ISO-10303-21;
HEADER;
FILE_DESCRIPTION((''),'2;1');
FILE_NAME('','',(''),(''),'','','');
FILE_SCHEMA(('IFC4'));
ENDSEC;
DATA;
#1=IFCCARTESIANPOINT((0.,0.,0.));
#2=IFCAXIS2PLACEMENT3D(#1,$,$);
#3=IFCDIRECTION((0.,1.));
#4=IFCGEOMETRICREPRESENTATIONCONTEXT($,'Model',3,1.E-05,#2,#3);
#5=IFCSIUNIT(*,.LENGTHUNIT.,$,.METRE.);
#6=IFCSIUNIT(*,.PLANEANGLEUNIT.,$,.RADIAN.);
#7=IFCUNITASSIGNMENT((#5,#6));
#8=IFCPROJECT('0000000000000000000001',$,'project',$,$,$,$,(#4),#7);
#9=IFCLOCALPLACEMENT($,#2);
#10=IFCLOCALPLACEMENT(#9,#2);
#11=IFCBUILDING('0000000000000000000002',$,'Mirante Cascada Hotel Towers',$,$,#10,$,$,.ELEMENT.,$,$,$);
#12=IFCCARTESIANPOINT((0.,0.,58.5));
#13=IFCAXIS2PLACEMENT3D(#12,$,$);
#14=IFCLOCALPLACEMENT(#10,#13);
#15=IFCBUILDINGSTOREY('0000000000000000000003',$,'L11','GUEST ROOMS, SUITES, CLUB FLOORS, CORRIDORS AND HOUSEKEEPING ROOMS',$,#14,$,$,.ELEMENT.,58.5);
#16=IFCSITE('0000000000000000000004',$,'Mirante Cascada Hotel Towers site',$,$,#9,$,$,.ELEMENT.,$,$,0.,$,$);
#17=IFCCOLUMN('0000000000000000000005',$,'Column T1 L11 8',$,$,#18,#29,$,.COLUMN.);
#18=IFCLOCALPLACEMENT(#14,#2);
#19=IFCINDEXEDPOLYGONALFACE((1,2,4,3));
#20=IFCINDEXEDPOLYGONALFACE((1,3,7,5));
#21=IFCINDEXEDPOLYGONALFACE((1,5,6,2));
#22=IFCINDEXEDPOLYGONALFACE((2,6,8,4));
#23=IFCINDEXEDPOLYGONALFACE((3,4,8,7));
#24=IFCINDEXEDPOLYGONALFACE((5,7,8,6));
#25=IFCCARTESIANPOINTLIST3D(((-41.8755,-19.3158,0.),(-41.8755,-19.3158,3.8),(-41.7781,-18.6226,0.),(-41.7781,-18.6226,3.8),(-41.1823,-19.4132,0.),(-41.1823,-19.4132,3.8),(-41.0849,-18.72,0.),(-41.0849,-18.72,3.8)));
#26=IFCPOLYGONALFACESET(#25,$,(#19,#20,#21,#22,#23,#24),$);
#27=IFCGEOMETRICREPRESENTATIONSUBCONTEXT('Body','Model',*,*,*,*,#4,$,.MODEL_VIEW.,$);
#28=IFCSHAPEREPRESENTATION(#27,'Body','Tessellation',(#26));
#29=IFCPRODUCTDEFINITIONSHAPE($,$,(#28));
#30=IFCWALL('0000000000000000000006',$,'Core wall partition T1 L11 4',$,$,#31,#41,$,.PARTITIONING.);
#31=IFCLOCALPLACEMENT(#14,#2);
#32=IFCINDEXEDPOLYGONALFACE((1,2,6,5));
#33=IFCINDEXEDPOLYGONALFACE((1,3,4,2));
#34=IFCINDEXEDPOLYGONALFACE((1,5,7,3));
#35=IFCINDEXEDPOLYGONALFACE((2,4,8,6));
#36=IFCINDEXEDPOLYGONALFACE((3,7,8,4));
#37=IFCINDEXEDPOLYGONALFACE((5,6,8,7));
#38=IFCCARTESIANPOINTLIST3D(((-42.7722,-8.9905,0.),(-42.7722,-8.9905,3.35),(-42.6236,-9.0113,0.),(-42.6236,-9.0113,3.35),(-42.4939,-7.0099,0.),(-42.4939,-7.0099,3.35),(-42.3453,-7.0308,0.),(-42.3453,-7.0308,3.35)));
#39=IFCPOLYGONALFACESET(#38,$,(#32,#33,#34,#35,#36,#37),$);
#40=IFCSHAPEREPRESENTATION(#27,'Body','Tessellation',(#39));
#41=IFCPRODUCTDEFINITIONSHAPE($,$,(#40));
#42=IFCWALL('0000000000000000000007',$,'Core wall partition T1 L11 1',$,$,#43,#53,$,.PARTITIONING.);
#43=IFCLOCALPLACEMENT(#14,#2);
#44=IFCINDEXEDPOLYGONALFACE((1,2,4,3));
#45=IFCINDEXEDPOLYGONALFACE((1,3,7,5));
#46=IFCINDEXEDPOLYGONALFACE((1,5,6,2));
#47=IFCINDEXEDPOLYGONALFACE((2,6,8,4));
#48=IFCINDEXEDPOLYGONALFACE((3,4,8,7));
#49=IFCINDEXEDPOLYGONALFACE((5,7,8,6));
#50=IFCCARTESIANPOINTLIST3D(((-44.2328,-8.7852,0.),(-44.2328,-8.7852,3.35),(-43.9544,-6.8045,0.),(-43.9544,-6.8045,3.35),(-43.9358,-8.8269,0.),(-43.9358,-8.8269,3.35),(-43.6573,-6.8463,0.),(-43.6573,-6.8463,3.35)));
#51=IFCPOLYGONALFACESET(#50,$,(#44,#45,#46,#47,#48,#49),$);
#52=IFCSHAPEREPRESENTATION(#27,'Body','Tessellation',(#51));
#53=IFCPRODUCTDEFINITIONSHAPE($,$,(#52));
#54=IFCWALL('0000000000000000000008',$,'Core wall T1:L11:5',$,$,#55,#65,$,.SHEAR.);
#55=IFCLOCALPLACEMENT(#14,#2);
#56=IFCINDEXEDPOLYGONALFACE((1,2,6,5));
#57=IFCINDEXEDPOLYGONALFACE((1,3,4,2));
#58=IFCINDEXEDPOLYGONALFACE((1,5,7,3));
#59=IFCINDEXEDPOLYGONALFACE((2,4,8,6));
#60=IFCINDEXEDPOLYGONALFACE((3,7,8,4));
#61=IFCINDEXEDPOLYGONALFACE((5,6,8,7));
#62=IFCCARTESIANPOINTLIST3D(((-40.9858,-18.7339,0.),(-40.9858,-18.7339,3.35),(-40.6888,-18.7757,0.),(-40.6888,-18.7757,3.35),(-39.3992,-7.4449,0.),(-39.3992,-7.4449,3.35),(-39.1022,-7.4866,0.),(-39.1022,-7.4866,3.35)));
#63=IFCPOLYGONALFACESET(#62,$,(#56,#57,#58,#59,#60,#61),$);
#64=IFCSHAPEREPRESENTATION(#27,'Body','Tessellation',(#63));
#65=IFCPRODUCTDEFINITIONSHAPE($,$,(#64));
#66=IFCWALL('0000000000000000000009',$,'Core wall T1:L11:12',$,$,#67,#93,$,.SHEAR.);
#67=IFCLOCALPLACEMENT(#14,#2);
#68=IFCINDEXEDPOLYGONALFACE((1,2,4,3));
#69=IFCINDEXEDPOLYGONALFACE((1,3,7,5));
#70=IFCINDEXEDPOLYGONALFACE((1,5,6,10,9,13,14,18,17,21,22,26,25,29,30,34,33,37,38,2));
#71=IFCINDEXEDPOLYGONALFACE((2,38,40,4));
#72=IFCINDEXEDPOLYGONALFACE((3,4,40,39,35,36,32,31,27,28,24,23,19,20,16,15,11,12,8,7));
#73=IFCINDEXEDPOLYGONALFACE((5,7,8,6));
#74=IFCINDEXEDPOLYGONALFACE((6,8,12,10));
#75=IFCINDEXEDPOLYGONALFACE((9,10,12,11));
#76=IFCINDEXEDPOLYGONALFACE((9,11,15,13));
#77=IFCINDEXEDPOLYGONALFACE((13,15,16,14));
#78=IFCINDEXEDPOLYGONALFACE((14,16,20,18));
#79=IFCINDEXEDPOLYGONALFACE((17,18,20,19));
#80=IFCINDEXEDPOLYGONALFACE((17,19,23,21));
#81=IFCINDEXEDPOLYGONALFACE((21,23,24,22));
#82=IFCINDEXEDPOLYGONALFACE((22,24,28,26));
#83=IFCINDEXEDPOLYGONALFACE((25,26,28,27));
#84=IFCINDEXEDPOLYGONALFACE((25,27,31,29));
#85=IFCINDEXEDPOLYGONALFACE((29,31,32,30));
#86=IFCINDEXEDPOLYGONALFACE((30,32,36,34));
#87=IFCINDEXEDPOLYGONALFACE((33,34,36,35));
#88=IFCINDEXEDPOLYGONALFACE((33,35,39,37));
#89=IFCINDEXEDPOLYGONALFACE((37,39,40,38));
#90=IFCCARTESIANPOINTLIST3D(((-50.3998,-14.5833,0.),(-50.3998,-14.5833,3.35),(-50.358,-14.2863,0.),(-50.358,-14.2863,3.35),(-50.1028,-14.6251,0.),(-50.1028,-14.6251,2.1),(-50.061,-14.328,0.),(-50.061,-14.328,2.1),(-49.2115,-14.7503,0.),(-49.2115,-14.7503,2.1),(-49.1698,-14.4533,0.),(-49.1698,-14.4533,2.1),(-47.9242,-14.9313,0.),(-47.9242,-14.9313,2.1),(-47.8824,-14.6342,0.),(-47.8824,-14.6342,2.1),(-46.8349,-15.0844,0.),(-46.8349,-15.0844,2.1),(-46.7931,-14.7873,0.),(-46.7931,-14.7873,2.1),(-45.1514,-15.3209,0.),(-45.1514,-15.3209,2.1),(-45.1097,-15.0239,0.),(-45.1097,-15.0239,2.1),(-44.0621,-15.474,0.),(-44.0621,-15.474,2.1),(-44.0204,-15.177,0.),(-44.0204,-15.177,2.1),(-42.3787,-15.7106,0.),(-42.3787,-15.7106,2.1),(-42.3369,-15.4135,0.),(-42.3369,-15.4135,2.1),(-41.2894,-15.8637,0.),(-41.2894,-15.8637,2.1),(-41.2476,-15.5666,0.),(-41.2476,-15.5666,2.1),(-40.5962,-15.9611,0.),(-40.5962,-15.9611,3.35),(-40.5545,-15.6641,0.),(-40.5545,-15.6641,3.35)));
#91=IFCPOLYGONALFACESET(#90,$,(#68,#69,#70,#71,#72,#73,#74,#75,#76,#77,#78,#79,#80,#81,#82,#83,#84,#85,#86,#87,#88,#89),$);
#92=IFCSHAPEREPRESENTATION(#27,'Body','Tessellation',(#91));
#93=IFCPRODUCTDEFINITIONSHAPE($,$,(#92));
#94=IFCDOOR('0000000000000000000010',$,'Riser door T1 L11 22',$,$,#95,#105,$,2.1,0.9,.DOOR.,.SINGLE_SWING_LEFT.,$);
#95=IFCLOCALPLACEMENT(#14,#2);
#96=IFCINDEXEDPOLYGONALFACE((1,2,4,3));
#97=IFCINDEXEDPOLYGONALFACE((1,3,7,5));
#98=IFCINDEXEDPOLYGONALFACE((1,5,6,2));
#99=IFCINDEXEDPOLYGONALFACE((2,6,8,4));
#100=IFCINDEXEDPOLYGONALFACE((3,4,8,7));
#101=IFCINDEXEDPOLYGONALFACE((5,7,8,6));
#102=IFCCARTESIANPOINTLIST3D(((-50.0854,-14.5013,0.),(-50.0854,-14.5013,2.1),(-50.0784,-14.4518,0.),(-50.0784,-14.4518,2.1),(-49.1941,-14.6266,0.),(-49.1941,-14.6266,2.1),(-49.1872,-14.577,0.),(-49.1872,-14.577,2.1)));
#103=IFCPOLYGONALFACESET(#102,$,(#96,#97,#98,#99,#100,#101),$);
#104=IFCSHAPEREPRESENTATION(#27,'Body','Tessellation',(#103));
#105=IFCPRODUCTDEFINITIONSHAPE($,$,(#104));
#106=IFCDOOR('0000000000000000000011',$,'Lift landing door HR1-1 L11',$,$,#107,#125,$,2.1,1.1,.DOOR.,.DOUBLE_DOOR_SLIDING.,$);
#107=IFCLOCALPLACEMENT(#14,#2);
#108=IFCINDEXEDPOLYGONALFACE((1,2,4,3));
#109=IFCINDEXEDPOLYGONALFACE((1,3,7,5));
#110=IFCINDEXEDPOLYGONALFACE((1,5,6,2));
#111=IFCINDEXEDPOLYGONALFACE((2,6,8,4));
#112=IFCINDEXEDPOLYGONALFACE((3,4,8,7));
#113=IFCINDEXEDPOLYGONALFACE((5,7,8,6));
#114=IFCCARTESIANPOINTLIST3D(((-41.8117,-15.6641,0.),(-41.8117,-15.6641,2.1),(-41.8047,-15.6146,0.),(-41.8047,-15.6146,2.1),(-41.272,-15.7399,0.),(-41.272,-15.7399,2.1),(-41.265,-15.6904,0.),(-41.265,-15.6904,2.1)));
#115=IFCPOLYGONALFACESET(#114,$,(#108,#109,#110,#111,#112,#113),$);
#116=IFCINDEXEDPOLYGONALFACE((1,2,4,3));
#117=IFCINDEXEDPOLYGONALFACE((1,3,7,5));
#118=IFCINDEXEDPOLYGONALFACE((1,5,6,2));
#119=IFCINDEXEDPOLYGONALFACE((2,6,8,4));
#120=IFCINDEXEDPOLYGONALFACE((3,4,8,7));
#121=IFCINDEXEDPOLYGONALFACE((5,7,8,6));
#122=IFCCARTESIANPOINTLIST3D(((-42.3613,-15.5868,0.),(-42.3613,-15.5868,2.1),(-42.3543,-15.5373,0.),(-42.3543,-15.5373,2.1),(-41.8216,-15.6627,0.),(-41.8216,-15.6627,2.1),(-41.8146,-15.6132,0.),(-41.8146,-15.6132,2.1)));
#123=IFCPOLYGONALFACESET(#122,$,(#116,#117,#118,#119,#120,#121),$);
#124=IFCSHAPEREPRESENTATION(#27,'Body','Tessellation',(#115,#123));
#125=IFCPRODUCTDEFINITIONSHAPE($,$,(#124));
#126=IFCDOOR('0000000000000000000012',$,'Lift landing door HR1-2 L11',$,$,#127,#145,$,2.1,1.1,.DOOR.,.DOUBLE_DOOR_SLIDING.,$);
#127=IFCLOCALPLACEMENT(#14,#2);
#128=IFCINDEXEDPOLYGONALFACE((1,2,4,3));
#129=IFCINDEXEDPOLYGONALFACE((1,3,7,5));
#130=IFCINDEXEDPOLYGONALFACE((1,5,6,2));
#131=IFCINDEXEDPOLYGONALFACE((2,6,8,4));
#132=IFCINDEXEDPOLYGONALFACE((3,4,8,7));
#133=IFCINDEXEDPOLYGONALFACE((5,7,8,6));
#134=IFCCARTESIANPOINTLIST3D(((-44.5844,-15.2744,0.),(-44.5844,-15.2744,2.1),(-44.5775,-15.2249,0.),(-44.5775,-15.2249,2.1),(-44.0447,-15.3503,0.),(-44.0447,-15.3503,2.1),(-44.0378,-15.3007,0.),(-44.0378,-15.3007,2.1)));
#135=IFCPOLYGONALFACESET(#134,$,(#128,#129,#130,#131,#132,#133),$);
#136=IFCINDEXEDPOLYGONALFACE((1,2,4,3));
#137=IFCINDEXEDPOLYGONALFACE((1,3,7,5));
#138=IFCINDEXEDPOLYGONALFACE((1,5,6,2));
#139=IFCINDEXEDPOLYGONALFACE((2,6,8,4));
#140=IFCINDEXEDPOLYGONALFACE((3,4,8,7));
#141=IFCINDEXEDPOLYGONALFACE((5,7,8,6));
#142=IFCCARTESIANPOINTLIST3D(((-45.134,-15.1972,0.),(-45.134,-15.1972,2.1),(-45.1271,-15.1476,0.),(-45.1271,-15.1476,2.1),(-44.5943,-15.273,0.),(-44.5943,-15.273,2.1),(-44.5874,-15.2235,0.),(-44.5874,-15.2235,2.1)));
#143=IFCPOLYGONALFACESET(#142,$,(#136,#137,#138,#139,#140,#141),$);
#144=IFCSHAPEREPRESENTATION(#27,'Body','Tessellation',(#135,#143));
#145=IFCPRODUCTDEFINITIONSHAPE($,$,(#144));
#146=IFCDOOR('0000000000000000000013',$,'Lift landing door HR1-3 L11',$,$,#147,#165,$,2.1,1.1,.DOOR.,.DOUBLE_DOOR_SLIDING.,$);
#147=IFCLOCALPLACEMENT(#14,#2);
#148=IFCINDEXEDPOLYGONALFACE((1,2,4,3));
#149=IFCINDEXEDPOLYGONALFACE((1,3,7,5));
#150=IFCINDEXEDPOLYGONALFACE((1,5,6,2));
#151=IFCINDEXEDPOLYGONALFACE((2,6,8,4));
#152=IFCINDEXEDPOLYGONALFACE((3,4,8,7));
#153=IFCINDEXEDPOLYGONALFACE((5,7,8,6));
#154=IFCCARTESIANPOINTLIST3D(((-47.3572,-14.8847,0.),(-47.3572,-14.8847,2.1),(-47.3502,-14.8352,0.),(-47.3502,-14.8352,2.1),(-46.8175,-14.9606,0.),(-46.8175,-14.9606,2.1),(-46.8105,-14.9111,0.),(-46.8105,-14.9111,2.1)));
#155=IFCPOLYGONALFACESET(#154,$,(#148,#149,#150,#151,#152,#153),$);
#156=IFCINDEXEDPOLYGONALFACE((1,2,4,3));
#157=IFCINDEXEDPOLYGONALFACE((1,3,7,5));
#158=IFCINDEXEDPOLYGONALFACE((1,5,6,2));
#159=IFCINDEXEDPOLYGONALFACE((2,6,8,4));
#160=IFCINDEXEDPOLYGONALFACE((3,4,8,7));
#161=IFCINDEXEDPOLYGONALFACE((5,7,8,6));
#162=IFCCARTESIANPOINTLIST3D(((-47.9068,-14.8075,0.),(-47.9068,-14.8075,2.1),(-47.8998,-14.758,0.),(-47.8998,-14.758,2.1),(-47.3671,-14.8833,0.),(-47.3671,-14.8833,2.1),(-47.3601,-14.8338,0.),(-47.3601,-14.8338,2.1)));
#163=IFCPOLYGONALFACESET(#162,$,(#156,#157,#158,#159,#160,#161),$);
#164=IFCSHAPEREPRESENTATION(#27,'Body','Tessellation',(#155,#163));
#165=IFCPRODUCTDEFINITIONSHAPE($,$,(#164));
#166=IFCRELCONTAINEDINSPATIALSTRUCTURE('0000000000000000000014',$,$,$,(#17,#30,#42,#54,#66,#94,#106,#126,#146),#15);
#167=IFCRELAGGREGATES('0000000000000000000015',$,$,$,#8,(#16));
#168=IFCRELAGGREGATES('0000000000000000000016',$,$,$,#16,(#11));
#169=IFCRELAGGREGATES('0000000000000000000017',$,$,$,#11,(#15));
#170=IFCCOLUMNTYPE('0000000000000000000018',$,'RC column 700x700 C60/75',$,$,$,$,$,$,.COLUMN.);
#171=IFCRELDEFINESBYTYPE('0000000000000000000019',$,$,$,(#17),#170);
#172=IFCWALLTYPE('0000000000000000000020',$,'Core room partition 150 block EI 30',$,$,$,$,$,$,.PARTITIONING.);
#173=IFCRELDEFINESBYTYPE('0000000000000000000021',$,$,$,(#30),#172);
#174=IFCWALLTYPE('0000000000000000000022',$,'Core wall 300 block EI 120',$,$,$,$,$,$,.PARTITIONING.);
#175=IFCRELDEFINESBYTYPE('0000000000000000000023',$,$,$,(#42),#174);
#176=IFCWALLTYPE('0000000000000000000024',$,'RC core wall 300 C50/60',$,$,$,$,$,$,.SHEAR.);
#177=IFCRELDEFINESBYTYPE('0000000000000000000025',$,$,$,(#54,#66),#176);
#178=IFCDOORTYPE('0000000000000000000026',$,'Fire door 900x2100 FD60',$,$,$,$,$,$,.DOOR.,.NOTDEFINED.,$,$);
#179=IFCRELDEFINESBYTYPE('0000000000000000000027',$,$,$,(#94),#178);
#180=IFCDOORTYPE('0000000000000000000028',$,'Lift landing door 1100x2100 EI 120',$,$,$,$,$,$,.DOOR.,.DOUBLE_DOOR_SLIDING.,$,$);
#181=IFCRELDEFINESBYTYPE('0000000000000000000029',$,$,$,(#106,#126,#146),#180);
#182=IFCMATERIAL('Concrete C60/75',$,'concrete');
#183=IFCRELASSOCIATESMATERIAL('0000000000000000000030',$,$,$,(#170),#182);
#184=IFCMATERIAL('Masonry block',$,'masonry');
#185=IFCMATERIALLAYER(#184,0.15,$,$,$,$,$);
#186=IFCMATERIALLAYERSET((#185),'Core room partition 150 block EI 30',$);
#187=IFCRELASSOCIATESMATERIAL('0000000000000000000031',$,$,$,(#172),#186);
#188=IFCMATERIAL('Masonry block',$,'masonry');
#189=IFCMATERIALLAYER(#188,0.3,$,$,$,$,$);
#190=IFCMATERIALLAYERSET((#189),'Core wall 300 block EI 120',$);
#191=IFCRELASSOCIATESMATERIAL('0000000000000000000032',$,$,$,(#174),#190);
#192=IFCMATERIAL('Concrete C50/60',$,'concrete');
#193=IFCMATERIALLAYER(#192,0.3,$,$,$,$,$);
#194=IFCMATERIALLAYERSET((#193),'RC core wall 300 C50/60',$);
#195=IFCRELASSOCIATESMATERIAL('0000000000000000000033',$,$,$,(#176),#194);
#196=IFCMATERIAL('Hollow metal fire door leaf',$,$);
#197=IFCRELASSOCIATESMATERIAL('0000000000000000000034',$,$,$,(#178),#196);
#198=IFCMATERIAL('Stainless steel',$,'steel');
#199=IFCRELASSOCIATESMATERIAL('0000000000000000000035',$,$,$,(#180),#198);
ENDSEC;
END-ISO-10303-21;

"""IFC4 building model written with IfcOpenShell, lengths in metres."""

from ifc_helpers import new_model, si_unit, direction, frame, frame_2d, origin, origin_2d, place, context, subcontext, project, spatial, rectangle, extrude, material, layer, layer_set, material_profile, profile_set, type_object, element, fill, save


model = new_model("IFC4")

# Units and contexts
model_context = context("Model", 3, precision=1e-05, world=origin(), true_north=direction((0.0, 1.0)))
body_context = subcontext(model_context, "Body", "Model", "MODEL_VIEW")
ifc_project = project(units=[si_unit("LENGTHUNIT", "METRE"), si_unit("PLANEANGLEUNIT", "RADIAN")], contexts=[model_context])

# Site, building, storey
site_placement = place(None, origin())
site = spatial("IfcSite", under=ifc_project, at=site_placement, Name="Mirante Cascada Hotel Towers site", CompositionType="ELEMENT", RefElevation=0.0)
building_placement = place(site_placement, origin())
building = spatial("IfcBuilding", under=site, at=building_placement, Name="Mirante Cascada Hotel Towers", CompositionType="ELEMENT")
storey_placement = place(building_placement, frame((0.0, 0.0, 58.5)))
storey = spatial("IfcBuildingStorey", under=building, at=storey_placement, Name="L11", Description="GUEST ROOMS, SUITES, CLUB FLOORS, CORRIDORS AND HOUSEKEEPING ROOMS", CompositionType="ELEMENT", Elevation=58.5)

# Column
ifc_material_1 = material(Name="Concrete C60/75", Category="concrete")
ifc_material_profile = material_profile(ifc_material_1, rectangle(XDim=0.7, YDim=0.7, at=origin_2d()), Name="RC column 700x700 C60/75")
ifc_profile_set = profile_set([ifc_material_profile], Name="Concrete C60/75")
column_type = type_object("IfcColumnType", Name="RC column 700x700 C60/75", PredefinedType="COLUMN", material=ifc_profile_set)
column_placement = place(storey_placement, frame((-41.4802, -19.0179, 0.0), z_axis=(0.0, 0.0, 1.0), x_axis=(-0.990268, 0.139173, 0.0)))
element("IfcColumn", 1, at=column_placement, inside=storey, type_object=column_type, Name="Column T1 L11 8", PredefinedType="COLUMN", context=body_context, shape_type="SweptSolid", body=[
    extrude(rectangle(XDim=0.7, YDim=0.7, at=origin_2d()), origin(), (0.0, 0.0, 1.0), 3.8),
])

# Walls
ifc_material_2 = material(Name="Masonry block", Category="masonry")
ifc_layer_1 = layer(ifc_material_2, 0.15)
ifc_layer_set_1 = layer_set([ifc_layer_1], Name="Core room partition 150 block EI 30")
wall_type_1 = type_object("IfcWallType", Name="Core room partition 150 block EI 30", PredefinedType="PARTITIONING", material=ifc_layer_set_1)
wall_1_placement = place(storey_placement, frame((-42.6979, -9.0009, 0.0), z_axis=(0.0, 0.0, 1.0), x_axis=(0.139153, 0.990271, 0.0)))
element("IfcWall", 2, at=wall_1_placement, inside=storey, type_object=wall_type_1, Name="Core wall partition T1 L11 4", PredefinedType="PARTITIONING", context=body_context, shape_type="SweptSolid", body=[
    extrude(rectangle(XDim=2.0, YDim=0.15, at=frame_2d((1.0, 0.0))), origin(), (0.0, 0.0, 1.0), 3.35),
])
ifc_material_3 = material(Name="Masonry block", Category="masonry")
ifc_layer_2 = layer(ifc_material_3, 0.3)
ifc_layer_set_2 = layer_set([ifc_layer_2], Name="Core wall 300 block EI 120")
wall_type_2 = type_object("IfcWallType", Name="Core wall 300 block EI 120", PredefinedType="PARTITIONING", material=ifc_layer_set_2)
wall_2_placement = place(storey_placement, frame((-44.0843, -8.8061, 0.0), z_axis=(0.0, 0.0, 1.0), x_axis=(0.139195, 0.990265, 0.0)))
element("IfcWall", 3, at=wall_2_placement, inside=storey, type_object=wall_type_2, Name="Core wall partition T1 L11 1", PredefinedType="PARTITIONING", context=body_context, shape_type="SweptSolid", body=[
    extrude(rectangle(XDim=2.0001, YDim=0.3, at=frame_2d((1.0001, 0.0))), origin(), (0.0, 0.0, 1.0), 3.35),
])
ifc_material_4 = material(Name="Concrete C50/60", Category="concrete")
ifc_layer_3 = layer(ifc_material_4, 0.3)
ifc_layer_set_3 = layer_set([ifc_layer_3], Name="RC core wall 300 C50/60")
wall_type_3 = type_object("IfcWallType", Name="RC core wall 300 C50/60", PredefinedType="SHEAR", material=ifc_layer_set_3)
wall_3_placement = place(storey_placement, frame((-40.8373, -18.7548, 0.0), z_axis=(0.0, 0.0, 1.0), x_axis=(0.139175, 0.990268, 0.0)))
element("IfcWall", 4, at=wall_3_placement, inside=storey, type_object=wall_type_3, Name="Core wall T1:L11:5", PredefinedType="SHEAR", context=body_context, shape_type="SweptSolid", body=[
    extrude(rectangle(XDim=11.4, YDim=0.3, at=frame_2d((5.7, 0.0))), origin(), (0.0, 0.0, 1.0), 3.35),
])

# Wall, openings, doors
wall_4_placement = place(storey_placement, frame((-40.5753, -15.8126, 0.0), z_axis=(0.0, 0.0, 1.0), x_axis=(-0.990268, 0.139173, 0.0)))
wall_4 = element("IfcWall", 5, at=wall_4_placement, inside=storey, type_object=wall_type_3, Name="Core wall T1:L11:12", PredefinedType="SHEAR", context=body_context, shape_type="SweptSolid", body=[
    extrude(rectangle(XDim=9.8999, YDim=0.3, at=frame_2d((4.95, 0.0))), origin(), (0.0, 0.0, 1.0), 3.35),
])
opening_1_placement = place(wall_4_placement, frame((0.7, 0.0, 0.0)))
opening_1 = element("IfcOpeningElement", 6, at=opening_1_placement, cuts=wall_4, PredefinedType="OPENING", context=body_context, shape_type="SweptSolid", body=[
    extrude(rectangle(XDim=1.1, YDim=2.1, at=frame_2d((0.55, 1.05))), frame((0.0, 0.15, 0.0), z_axis=(0.0, -1.0, 0.0), x_axis=(1.0, 0.0, 0.0)), (0.0, 0.0, 1.0), 0.3),
])
opening_2_placement = place(wall_4_placement, frame((3.5, 0.0, 0.0)))
opening_2 = element("IfcOpeningElement", 7, at=opening_2_placement, cuts=wall_4, PredefinedType="OPENING", context=body_context, shape_type="SweptSolid", body=[
    extrude(rectangle(XDim=1.1, YDim=2.1, at=frame_2d((0.55, 1.05))), frame((0.0, 0.15, 0.0), z_axis=(0.0, -1.0, 0.0), x_axis=(1.0, 0.0, 0.0)), (0.0, 0.0, 1.0), 0.3),
])
opening_3_placement = place(wall_4_placement, frame((6.3, 0.0, 0.0)))
opening_3 = element("IfcOpeningElement", 8, at=opening_3_placement, cuts=wall_4, PredefinedType="OPENING", context=body_context, shape_type="SweptSolid", body=[
    extrude(rectangle(XDim=1.1, YDim=2.1, at=frame_2d((0.55, 1.05))), frame((0.0, 0.15, 0.0), z_axis=(0.0, -1.0, 0.0), x_axis=(1.0, 0.0, 0.0)), (0.0, 0.0, 1.0), 0.3),
])
opening_4_placement = place(wall_4_placement, frame((8.7, 0.0, 0.0)))
opening_4 = element("IfcOpeningElement", 9, at=opening_4_placement, cuts=wall_4, PredefinedType="OPENING", context=body_context, shape_type="SweptSolid", body=[
    extrude(rectangle(XDim=0.9, YDim=2.1, at=frame_2d((0.45, 1.05))), frame((0.0, 0.15, 0.0), z_axis=(0.0, -1.0, 0.0), x_axis=(1.0, 0.0, 0.0)), (0.0, 0.0, 1.0), 0.3),
])
ifc_material_5 = material(Name="Hollow metal fire door leaf")
door_type_1 = type_object("IfcDoorType", Name="Fire door 900x2100 FD60", OperationType="NOTDEFINED", PredefinedType="DOOR", material=ifc_material_5)
door_1_placement = place(opening_4_placement, origin())
door_1 = element("IfcDoor", 10, at=door_1_placement, inside=storey, type_object=door_type_1, Name="Riser door T1 L11 22", OperationType="SINGLE_SWING_LEFT", OverallHeight=2.1, OverallWidth=0.9, PredefinedType="DOOR", context=body_context, shape_type="SweptSolid", body=[
    extrude(rectangle(XDim=0.9, YDim=2.1, at=frame_2d((0.45, 1.05))), frame((0.0, 0.025, 0.0), z_axis=(0.0, -1.0, 0.0), x_axis=(1.0, 0.0, 0.0)), (0.0, 0.0, 1.0), 0.05),
])
fill(opening_4, door_1)
ifc_material_6 = material(Name="Stainless steel", Category="steel")
door_type_2 = type_object("IfcDoorType", Name="Lift landing door 1100x2100 EI 120", OperationType="DOUBLE_DOOR_SLIDING", PredefinedType="DOOR", material=ifc_material_6)
door_2_placement = place(opening_1_placement, origin())
door_2 = element("IfcDoor", 11, at=door_2_placement, inside=storey, type_object=door_type_2, Name="Lift landing door HR1-1 L11", OperationType="DOUBLE_DOOR_SLIDING", OverallHeight=2.1, OverallWidth=1.1, PredefinedType="DOOR", context=body_context, shape_type="SweptSolid", body=[
    extrude(rectangle(XDim=0.545, YDim=2.1, at=frame_2d((0.2725, 1.05))), frame((0.0, 0.025, 0.0), z_axis=(0.0, -1.0, 0.0), x_axis=(1.0, 0.0, 0.0)), (0.0, 0.0, 1.0), 0.05),
    extrude(rectangle(XDim=0.545, YDim=2.1, at=frame_2d((0.8275, 1.05))), frame((0.0, 0.025, 0.0), z_axis=(0.0, -1.0, 0.0), x_axis=(1.0, 0.0, 0.0)), (0.0, 0.0, 1.0), 0.05),
])
fill(opening_1, door_2)
door_3_placement = place(opening_2_placement, origin())
door_3 = element("IfcDoor", 12, at=door_3_placement, inside=storey, type_object=door_type_2, Name="Lift landing door HR1-2 L11", OperationType="DOUBLE_DOOR_SLIDING", OverallHeight=2.1, OverallWidth=1.1, PredefinedType="DOOR", context=body_context, shape_type="SweptSolid", body=[
    extrude(rectangle(XDim=0.545, YDim=2.1, at=frame_2d((0.2725, 1.05))), frame((0.0, 0.025, 0.0), z_axis=(0.0, -1.0, 0.0), x_axis=(1.0, 0.0, 0.0)), (0.0, 0.0, 1.0), 0.05),
    extrude(rectangle(XDim=0.545, YDim=2.1, at=frame_2d((0.8275, 1.05))), frame((0.0, 0.025, 0.0), z_axis=(0.0, -1.0, 0.0), x_axis=(1.0, 0.0, 0.0)), (0.0, 0.0, 1.0), 0.05),
])
fill(opening_2, door_3)
door_4_placement = place(opening_3_placement, origin())
door_4 = element("IfcDoor", 13, at=door_4_placement, inside=storey, type_object=door_type_2, Name="Lift landing door HR1-3 L11", OperationType="DOUBLE_DOOR_SLIDING", OverallHeight=2.1, OverallWidth=1.1, PredefinedType="DOOR", context=body_context, shape_type="SweptSolid", body=[
    extrude(rectangle(XDim=0.545, YDim=2.1, at=frame_2d((0.2725, 1.05))), frame((0.0, 0.025, 0.0), z_axis=(0.0, -1.0, 0.0), x_axis=(1.0, 0.0, 0.0)), (0.0, 0.0, 1.0), 0.05),
    extrude(rectangle(XDim=0.545, YDim=2.1, at=frame_2d((0.8275, 1.05))), frame((0.0, 0.025, 0.0), z_axis=(0.0, -1.0, 0.0), x_axis=(1.0, 0.0, 0.0)), (0.0, 0.0, 1.0), 0.05),
])
fill(opening_3, door_4)

save(model, "model.ifc")
